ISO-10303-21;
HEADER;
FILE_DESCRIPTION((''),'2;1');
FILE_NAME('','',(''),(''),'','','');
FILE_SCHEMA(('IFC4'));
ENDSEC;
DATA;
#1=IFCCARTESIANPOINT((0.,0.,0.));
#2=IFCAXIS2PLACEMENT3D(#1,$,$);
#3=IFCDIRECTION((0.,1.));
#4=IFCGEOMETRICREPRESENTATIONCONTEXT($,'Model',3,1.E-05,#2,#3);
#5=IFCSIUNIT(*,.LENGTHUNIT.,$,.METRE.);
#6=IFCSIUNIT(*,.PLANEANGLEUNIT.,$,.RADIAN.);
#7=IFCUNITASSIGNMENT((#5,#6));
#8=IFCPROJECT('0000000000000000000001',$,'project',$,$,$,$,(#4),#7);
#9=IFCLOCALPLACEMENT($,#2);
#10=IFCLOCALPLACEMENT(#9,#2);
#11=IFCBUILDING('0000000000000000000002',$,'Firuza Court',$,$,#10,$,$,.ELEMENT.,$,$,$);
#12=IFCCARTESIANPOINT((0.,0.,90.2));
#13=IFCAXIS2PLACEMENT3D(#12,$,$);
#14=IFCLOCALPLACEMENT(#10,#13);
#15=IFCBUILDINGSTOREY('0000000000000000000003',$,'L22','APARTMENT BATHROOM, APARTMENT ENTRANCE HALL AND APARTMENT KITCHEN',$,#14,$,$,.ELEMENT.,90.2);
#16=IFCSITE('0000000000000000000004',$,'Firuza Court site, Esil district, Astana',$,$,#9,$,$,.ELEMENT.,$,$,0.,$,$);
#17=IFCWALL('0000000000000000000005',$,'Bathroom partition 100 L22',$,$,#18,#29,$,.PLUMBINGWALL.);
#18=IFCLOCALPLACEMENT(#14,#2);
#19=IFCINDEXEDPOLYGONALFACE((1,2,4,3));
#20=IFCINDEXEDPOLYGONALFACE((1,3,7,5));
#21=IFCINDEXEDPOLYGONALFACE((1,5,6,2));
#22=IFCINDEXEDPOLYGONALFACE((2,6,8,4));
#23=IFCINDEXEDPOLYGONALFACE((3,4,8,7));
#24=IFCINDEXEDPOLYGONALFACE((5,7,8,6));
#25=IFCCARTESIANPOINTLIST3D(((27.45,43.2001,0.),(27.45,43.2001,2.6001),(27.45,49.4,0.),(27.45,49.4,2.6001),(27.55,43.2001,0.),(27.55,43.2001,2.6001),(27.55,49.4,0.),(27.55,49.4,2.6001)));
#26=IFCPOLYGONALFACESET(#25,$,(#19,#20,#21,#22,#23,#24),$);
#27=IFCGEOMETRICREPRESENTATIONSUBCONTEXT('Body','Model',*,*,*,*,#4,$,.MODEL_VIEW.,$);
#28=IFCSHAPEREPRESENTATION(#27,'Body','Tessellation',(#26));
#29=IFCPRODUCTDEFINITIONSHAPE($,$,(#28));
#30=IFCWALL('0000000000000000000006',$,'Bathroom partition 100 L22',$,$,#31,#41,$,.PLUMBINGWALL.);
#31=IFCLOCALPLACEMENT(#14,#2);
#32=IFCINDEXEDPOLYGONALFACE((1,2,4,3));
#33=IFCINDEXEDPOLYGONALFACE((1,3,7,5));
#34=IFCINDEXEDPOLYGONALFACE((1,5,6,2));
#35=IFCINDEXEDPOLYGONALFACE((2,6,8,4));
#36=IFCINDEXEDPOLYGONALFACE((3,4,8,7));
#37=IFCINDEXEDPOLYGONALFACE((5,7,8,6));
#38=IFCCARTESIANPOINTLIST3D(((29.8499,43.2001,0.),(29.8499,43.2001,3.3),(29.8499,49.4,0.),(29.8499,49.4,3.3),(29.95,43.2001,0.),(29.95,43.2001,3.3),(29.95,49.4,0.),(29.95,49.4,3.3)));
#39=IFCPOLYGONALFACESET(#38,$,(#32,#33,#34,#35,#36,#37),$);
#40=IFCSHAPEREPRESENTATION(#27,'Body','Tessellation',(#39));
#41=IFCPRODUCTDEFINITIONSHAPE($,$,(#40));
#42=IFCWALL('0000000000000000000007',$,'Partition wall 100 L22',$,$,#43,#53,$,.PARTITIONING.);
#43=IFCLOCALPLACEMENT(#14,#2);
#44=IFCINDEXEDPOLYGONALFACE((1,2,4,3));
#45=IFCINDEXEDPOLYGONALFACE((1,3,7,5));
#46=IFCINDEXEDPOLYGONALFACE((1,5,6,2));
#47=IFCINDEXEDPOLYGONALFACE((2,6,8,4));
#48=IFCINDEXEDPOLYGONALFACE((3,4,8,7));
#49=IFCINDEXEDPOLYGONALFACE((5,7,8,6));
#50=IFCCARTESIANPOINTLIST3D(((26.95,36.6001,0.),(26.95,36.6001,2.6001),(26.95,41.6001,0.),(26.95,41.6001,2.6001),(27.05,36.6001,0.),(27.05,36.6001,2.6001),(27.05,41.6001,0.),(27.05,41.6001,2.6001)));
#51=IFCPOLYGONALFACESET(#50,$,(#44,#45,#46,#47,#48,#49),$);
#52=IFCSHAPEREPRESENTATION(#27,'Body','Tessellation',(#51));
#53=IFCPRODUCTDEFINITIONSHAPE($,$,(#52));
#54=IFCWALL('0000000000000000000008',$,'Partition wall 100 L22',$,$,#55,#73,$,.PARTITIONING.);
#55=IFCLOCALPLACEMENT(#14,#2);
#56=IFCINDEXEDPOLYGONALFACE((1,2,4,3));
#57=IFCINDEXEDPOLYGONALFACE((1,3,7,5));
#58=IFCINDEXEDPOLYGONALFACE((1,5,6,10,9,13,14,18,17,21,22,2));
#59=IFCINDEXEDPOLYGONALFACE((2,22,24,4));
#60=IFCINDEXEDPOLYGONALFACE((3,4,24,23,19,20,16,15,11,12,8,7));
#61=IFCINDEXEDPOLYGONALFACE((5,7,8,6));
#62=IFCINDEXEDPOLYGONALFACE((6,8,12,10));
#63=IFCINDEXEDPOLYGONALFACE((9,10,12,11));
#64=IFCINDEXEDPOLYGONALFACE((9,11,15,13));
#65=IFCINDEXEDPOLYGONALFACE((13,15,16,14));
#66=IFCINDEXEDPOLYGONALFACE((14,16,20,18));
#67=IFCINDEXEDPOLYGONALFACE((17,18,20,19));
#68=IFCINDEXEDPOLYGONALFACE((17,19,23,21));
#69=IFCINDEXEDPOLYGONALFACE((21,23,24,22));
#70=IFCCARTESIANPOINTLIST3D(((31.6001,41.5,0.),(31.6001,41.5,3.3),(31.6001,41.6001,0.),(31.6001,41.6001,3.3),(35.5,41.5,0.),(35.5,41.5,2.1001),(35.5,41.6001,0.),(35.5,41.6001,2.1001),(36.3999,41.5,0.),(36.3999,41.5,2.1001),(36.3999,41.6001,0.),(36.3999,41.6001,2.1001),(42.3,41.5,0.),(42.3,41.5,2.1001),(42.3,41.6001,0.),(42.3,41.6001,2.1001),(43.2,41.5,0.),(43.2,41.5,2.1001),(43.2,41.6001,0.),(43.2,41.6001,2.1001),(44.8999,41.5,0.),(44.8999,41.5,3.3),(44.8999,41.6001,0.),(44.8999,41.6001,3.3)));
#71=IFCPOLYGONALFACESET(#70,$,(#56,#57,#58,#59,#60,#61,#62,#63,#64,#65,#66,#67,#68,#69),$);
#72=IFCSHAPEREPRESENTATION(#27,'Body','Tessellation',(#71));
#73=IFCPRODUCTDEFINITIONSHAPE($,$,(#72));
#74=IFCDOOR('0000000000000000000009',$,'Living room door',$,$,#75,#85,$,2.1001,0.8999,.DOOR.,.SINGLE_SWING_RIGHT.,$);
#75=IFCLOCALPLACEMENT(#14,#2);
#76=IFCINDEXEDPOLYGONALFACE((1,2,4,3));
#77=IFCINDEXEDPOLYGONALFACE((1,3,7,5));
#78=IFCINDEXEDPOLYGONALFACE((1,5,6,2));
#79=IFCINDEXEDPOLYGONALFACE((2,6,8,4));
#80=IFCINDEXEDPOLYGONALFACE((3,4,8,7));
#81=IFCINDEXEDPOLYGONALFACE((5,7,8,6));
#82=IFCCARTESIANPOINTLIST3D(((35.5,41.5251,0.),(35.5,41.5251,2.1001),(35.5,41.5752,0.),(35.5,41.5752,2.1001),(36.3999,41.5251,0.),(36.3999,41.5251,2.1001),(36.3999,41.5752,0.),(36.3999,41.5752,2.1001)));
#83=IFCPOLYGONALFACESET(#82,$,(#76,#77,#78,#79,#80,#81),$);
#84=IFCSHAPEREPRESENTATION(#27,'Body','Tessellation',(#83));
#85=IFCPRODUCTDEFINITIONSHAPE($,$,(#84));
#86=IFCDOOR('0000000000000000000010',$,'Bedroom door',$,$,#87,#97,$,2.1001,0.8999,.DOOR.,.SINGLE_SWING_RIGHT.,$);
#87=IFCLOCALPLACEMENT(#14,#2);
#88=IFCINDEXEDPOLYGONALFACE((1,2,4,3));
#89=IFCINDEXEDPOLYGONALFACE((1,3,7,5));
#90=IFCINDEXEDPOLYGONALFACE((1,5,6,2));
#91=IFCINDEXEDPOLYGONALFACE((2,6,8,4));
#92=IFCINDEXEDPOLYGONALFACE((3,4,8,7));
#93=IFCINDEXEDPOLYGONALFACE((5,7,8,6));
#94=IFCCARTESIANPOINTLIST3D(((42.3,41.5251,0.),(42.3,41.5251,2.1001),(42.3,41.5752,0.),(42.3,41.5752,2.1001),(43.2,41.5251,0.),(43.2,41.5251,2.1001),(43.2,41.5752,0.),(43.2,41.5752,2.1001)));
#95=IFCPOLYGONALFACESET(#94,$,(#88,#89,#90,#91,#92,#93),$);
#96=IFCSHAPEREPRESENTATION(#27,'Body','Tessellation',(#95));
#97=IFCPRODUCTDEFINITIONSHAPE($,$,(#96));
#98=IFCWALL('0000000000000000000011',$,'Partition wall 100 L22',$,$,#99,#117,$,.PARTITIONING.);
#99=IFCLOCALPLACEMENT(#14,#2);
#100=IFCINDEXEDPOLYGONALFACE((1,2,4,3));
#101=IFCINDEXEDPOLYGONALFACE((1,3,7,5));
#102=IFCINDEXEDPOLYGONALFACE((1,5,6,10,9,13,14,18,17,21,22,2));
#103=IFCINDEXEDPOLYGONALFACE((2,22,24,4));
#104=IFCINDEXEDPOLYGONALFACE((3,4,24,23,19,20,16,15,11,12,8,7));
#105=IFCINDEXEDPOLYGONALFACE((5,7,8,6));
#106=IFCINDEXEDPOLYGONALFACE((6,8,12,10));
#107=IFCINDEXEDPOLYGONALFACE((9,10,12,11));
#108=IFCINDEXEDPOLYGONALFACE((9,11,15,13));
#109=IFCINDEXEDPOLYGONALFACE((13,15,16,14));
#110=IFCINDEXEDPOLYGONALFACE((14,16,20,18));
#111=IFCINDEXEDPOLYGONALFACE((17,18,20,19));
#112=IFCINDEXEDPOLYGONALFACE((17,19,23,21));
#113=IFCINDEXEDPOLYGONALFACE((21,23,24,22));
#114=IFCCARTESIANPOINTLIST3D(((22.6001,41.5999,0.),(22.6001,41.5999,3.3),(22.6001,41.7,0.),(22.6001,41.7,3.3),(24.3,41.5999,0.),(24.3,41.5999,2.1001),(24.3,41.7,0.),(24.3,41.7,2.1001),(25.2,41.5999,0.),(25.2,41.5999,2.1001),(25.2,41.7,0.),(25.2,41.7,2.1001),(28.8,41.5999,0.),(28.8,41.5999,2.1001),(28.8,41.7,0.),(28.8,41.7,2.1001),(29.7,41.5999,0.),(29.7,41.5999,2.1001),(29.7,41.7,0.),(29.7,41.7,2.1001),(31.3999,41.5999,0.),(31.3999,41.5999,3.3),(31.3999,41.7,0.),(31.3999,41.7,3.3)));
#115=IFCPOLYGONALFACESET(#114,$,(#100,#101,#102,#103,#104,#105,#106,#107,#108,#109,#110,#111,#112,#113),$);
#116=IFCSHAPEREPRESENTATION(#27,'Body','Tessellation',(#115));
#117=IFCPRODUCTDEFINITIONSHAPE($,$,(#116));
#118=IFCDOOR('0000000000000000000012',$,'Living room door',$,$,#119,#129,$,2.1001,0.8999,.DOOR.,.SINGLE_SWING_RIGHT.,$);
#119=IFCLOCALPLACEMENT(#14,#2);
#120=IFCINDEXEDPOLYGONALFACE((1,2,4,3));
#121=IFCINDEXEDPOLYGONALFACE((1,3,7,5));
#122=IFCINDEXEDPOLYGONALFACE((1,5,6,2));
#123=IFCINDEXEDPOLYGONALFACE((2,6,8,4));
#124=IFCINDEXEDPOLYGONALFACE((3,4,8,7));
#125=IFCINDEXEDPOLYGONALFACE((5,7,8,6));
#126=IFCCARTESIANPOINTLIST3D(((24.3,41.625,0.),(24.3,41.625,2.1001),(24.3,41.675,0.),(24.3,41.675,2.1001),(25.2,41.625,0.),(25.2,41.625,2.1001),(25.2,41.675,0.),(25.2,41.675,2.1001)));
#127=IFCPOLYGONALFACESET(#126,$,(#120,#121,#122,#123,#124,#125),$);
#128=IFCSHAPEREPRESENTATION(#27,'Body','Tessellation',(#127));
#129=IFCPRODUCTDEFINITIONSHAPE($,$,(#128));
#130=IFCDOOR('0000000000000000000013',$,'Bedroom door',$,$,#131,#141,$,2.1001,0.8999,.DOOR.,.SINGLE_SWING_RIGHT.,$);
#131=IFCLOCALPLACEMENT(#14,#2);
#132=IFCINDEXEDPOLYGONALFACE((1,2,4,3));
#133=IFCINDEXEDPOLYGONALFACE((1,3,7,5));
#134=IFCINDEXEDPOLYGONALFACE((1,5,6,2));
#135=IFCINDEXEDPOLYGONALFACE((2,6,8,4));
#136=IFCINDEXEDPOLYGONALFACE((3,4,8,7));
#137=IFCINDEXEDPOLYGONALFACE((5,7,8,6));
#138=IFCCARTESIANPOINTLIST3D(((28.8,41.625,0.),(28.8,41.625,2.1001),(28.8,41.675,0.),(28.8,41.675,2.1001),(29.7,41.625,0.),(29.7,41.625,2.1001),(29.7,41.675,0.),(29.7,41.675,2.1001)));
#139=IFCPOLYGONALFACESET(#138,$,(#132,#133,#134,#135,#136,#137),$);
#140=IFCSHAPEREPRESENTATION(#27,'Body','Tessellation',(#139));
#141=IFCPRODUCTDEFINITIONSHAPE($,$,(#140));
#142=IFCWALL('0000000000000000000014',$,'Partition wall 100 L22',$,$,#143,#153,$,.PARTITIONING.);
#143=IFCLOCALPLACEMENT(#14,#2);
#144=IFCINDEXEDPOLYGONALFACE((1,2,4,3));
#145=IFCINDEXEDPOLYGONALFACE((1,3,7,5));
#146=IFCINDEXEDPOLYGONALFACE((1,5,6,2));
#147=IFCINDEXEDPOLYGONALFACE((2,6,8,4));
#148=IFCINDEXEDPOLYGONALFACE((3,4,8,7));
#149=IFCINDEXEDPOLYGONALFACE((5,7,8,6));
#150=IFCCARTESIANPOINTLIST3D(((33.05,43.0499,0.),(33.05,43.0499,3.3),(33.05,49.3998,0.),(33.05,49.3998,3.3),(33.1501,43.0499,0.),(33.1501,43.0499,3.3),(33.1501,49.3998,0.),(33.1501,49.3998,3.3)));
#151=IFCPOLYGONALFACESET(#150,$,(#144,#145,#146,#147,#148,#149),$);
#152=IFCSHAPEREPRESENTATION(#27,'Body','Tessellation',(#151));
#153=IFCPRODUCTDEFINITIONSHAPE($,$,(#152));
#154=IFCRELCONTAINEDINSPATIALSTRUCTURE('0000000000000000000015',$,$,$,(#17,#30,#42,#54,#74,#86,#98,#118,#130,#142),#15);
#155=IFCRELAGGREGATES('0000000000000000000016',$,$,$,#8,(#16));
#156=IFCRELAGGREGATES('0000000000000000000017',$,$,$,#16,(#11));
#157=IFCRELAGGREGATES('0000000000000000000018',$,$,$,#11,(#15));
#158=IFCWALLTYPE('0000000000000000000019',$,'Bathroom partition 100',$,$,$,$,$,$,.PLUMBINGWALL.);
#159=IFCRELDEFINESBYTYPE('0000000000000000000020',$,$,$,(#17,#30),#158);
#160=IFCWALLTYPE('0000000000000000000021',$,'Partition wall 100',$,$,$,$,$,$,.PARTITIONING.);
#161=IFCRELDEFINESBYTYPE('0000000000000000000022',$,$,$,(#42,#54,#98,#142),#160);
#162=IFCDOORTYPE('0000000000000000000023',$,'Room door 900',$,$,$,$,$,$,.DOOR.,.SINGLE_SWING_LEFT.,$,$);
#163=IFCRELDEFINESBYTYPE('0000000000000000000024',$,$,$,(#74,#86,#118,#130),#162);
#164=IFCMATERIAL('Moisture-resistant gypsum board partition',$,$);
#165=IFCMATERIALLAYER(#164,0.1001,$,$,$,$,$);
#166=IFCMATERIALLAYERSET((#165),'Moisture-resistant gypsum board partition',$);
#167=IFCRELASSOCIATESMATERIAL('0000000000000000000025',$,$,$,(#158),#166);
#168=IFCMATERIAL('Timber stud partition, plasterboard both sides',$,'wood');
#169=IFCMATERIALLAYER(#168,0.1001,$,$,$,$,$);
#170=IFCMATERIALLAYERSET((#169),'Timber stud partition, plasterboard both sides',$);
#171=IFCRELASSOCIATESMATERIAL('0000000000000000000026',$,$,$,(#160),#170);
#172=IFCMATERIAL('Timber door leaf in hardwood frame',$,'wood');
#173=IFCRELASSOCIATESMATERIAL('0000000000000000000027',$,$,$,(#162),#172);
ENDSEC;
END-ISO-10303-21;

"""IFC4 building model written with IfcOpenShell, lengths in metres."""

from ifc_helpers import new_model, si_unit, direction, frame, frame_2d, origin, place, context, subcontext, project, spatial, rectangle, extrude, material, layer, layer_set, type_object, element, fill, save


model = new_model("IFC4")

# Units and contexts
model_context = context("Model", 3, precision=1e-05, world=origin(), true_north=direction((0.0, 1.0)))
body_context = subcontext(model_context, "Body", "Model", "MODEL_VIEW")
ifc_project = project(units=[si_unit("LENGTHUNIT", "METRE"), si_unit("PLANEANGLEUNIT", "RADIAN")], contexts=[model_context])

# Site, building, storey
site_placement = place(None, origin())
site = spatial("IfcSite", under=ifc_project, at=site_placement, Name="Firuza Court site, Esil district, Astana", CompositionType="ELEMENT", RefElevation=0.0)
building_placement = place(site_placement, origin())
building = spatial("IfcBuilding", under=site, at=building_placement, Name="Firuza Court", CompositionType="ELEMENT")
storey_placement = place(building_placement, frame((0.0, 0.0, 90.2)))
storey = spatial("IfcBuildingStorey", under=building, at=storey_placement, Name="L22", Description="APARTMENT BATHROOM, APARTMENT ENTRANCE HALL AND APARTMENT KITCHEN", CompositionType="ELEMENT", Elevation=90.2)

# Walls
ifc_material_1 = material(Name="Moisture-resistant gypsum board partition")
ifc_layer_1 = layer(ifc_material_1, 0.1001)
ifc_layer_set_1 = layer_set([ifc_layer_1], Name="Moisture-resistant gypsum board partition")
wall_type_1 = type_object("IfcWallType", Name="Bathroom partition 100", PredefinedType="PLUMBINGWALL", material=ifc_layer_set_1)
wall_1_placement = place(storey_placement, frame((27.5, 43.2, 0.0), z_axis=(0.0, 0.0, 1.0), x_axis=(0.0, 1.0, 0.0)))
element("IfcWall", 1, at=wall_1_placement, inside=storey, type_object=wall_type_1, Name="Bathroom partition 100 L22", PredefinedType="PLUMBINGWALL", context=body_context, shape_type="SweptSolid", body=[
    extrude(rectangle(XDim=6.2, YDim=0.1001, at=frame_2d((3.1001, 0.0))), origin(), (0.0, 0.0, 1.0), 2.6001),
])
wall_2_placement = place(storey_placement, frame((29.8999, 43.2, 0.0), z_axis=(0.0, 0.0, 1.0), x_axis=(0.0, 1.0, 0.0)))
element("IfcWall", 2, at=wall_2_placement, inside=storey, type_object=wall_type_1, Name="Bathroom partition 100 L22", PredefinedType="PLUMBINGWALL", context=body_context, shape_type="SweptSolid", body=[
    extrude(rectangle(XDim=6.2, YDim=0.1001, at=frame_2d((3.1001, 0.0))), origin(), (0.0, 0.0, 1.0), 3.3),
])
ifc_material_2 = material(Name="Timber stud partition, plasterboard both sides", Category="wood")
ifc_layer_2 = layer(ifc_material_2, 0.1001)
ifc_layer_set_2 = layer_set([ifc_layer_2], Name="Timber stud partition, plasterboard both sides")
wall_type_2 = type_object("IfcWallType", Name="Partition wall 100", PredefinedType="PARTITIONING", material=ifc_layer_set_2)
wall_3_placement = place(storey_placement, frame((27.0, 36.6001, 0.0), z_axis=(0.0, 0.0, 1.0), x_axis=(0.0, 1.0, 0.0)))
element("IfcWall", 3, at=wall_3_placement, inside=storey, type_object=wall_type_2, Name="Partition wall 100 L22", PredefinedType="PARTITIONING", context=body_context, shape_type="SweptSolid", body=[
    extrude(rectangle(XDim=5.0, YDim=0.1001, at=frame_2d((2.5, 0.0))), origin(), (0.0, 0.0, 1.0), 2.6001),
])

# Walls, openings, doors
wall_4_placement = place(storey_placement, frame((31.6001, 41.55, 0.0), z_axis=(0.0, 0.0, 1.0), x_axis=(1.0, 0.0, 0.0)))
wall_4 = element("IfcWall", 4, at=wall_4_placement, inside=storey, type_object=wall_type_2, Name="Partition wall 100 L22", PredefinedType="PARTITIONING", context=body_context, shape_type="SweptSolid", body=[
    extrude(rectangle(XDim=13.2998, YDim=0.1001, at=frame_2d((6.6499, 0.0))), origin(), (0.0, 0.0, 1.0), 3.3),
])
opening_1_placement = place(wall_4_placement, frame((3.8999, 0.0, 0.0)))
opening_1 = element("IfcOpeningElement", 5, at=opening_1_placement, cuts=wall_4, PredefinedType="OPENING", context=body_context, shape_type="SweptSolid", body=[
    extrude(rectangle(XDim=0.8999, YDim=2.1001, at=frame_2d((0.45, 1.05))), frame((0.0, 0.062, 0.0), z_axis=(0.0, -1.0, 0.0), x_axis=(1.0, 0.0, 0.0)), (0.0, 0.0, 1.0), 0.124),
])
opening_2_placement = place(wall_4_placement, frame((10.7, 0.0, 0.0)))
opening_2 = element("IfcOpeningElement", 6, at=opening_2_placement, cuts=wall_4, PredefinedType="OPENING", context=body_context, shape_type="SweptSolid", body=[
    extrude(rectangle(XDim=0.8999, YDim=2.1001, at=frame_2d((0.45, 1.05))), frame((0.0, 0.062, 0.0), z_axis=(0.0, -1.0, 0.0), x_axis=(1.0, 0.0, 0.0)), (0.0, 0.0, 1.0), 0.124),
])
ifc_material_3 = material(Name="Timber door leaf in hardwood frame", Category="wood")
door_type_1 = type_object("IfcDoorType", Name="Room door 900", OperationType="SINGLE_SWING_LEFT", PredefinedType="DOOR", material=ifc_material_3)
door_1_placement = place(opening_1_placement, frame((0.8999, 0.0, 0.0), z_axis=(0.0, 0.0, 1.0), x_axis=(-1.0, 0.0, 0.0)))
door_1 = element("IfcDoor", 7, at=door_1_placement, inside=storey, type_object=door_type_1, Name="Living room door", OperationType="SINGLE_SWING_RIGHT", OverallHeight=2.1001, OverallWidth=0.8999, PredefinedType="DOOR", context=body_context, shape_type="SweptSolid", body=[
    extrude(rectangle(XDim=0.8999, YDim=2.1001, at=frame_2d((0.45, 1.05))), frame((0.0, 0.0249, 0.0), z_axis=(0.0, -1.0, 0.0), x_axis=(1.0, 0.0, 0.0)), (0.0, 0.0, 1.0), 0.05),
])
fill(opening_1, door_1)
door_2_placement = place(opening_2_placement, frame((0.8999, 0.0, 0.0), z_axis=(0.0, 0.0, 1.0), x_axis=(-1.0, 0.0, 0.0)))
door_2 = element("IfcDoor", 8, at=door_2_placement, inside=storey, type_object=door_type_1, Name="Bedroom door", OperationType="SINGLE_SWING_RIGHT", OverallHeight=2.1001, OverallWidth=0.8999, PredefinedType="DOOR", context=body_context, shape_type="SweptSolid", body=[
    extrude(rectangle(XDim=0.8999, YDim=2.1001, at=frame_2d((0.45, 1.05))), frame((0.0, 0.0249, 0.0), z_axis=(0.0, -1.0, 0.0), x_axis=(1.0, 0.0, 0.0)), (0.0, 0.0, 1.0), 0.05),
])
fill(opening_2, door_2)
wall_5_placement = place(storey_placement, frame((22.6001, 41.6499, 0.0), z_axis=(0.0, 0.0, 1.0), x_axis=(1.0, 0.0, 0.0)))
wall_5 = element("IfcWall", 9, at=wall_5_placement, inside=storey, type_object=wall_type_2, Name="Partition wall 100 L22", PredefinedType="PARTITIONING", context=body_context, shape_type="SweptSolid", body=[
    extrude(rectangle(XDim=8.7998, YDim=0.1001, at=frame_2d((4.3999, 0.0))), origin(), (0.0, 0.0, 1.0), 3.3),
])
opening_3_placement = place(wall_5_placement, frame((1.7, 0.0, 0.0)))
opening_3 = element("IfcOpeningElement", 10, at=opening_3_placement, cuts=wall_5, PredefinedType="OPENING", context=body_context, shape_type="SweptSolid", body=[
    extrude(rectangle(XDim=0.8999, YDim=2.1001, at=frame_2d((0.45, 1.05))), frame((0.0, 0.062, 0.0), z_axis=(0.0, -1.0, 0.0), x_axis=(1.0, 0.0, 0.0)), (0.0, 0.0, 1.0), 0.124),
])
opening_4_placement = place(wall_5_placement, frame((6.2, 0.0, 0.0)))
opening_4 = element("IfcOpeningElement", 11, at=opening_4_placement, cuts=wall_5, PredefinedType="OPENING", context=body_context, shape_type="SweptSolid", body=[
    extrude(rectangle(XDim=0.8999, YDim=2.1001, at=frame_2d((0.45, 1.05))), frame((0.0, 0.062, 0.0), z_axis=(0.0, -1.0, 0.0), x_axis=(1.0, 0.0, 0.0)), (0.0, 0.0, 1.0), 0.124),
])
door_3_placement = place(opening_3_placement, frame((0.8999, 0.0, 0.0), z_axis=(0.0, 0.0, 1.0), x_axis=(-1.0, 0.0, 0.0)))
door_3 = element("IfcDoor", 12, at=door_3_placement, inside=storey, type_object=door_type_1, Name="Living room door", OperationType="SINGLE_SWING_RIGHT", OverallHeight=2.1001, OverallWidth=0.8999, PredefinedType="DOOR", context=body_context, shape_type="SweptSolid", body=[
    extrude(rectangle(XDim=0.8999, YDim=2.1001, at=frame_2d((0.45, 1.05))), frame((0.0, 0.0249, 0.0), z_axis=(0.0, -1.0, 0.0), x_axis=(1.0, 0.0, 0.0)), (0.0, 0.0, 1.0), 0.05),
])
fill(opening_3, door_3)
door_4_placement = place(opening_4_placement, frame((0.8999, 0.0, 0.0), z_axis=(0.0, 0.0, 1.0), x_axis=(-1.0, 0.0, 0.0)))
door_4 = element("IfcDoor", 13, at=door_4_placement, inside=storey, type_object=door_type_1, Name="Bedroom door", OperationType="SINGLE_SWING_RIGHT", OverallHeight=2.1001, OverallWidth=0.8999, PredefinedType="DOOR", context=body_context, shape_type="SweptSolid", body=[
    extrude(rectangle(XDim=0.8999, YDim=2.1001, at=frame_2d((0.45, 1.05))), frame((0.0, 0.0249, 0.0), z_axis=(0.0, -1.0, 0.0), x_axis=(1.0, 0.0, 0.0)), (0.0, 0.0, 1.0), 0.05),
])
fill(opening_4, door_4)

# Wall
wall_6_placement = place(storey_placement, frame((33.1001, 43.05, 0.0), z_axis=(0.0, 0.0, 1.0), x_axis=(0.0, 1.0, 0.0)))
element("IfcWall", 14, at=wall_6_placement, inside=storey, type_object=wall_type_2, Name="Partition wall 100 L22", PredefinedType="PARTITIONING", context=body_context, shape_type="SweptSolid", body=[
    extrude(rectangle(XDim=6.3499, YDim=0.1001, at=frame_2d((3.1748, 0.0))), origin(), (0.0, 0.0, 1.0), 3.3),
])

save(model, "model.ifc")
